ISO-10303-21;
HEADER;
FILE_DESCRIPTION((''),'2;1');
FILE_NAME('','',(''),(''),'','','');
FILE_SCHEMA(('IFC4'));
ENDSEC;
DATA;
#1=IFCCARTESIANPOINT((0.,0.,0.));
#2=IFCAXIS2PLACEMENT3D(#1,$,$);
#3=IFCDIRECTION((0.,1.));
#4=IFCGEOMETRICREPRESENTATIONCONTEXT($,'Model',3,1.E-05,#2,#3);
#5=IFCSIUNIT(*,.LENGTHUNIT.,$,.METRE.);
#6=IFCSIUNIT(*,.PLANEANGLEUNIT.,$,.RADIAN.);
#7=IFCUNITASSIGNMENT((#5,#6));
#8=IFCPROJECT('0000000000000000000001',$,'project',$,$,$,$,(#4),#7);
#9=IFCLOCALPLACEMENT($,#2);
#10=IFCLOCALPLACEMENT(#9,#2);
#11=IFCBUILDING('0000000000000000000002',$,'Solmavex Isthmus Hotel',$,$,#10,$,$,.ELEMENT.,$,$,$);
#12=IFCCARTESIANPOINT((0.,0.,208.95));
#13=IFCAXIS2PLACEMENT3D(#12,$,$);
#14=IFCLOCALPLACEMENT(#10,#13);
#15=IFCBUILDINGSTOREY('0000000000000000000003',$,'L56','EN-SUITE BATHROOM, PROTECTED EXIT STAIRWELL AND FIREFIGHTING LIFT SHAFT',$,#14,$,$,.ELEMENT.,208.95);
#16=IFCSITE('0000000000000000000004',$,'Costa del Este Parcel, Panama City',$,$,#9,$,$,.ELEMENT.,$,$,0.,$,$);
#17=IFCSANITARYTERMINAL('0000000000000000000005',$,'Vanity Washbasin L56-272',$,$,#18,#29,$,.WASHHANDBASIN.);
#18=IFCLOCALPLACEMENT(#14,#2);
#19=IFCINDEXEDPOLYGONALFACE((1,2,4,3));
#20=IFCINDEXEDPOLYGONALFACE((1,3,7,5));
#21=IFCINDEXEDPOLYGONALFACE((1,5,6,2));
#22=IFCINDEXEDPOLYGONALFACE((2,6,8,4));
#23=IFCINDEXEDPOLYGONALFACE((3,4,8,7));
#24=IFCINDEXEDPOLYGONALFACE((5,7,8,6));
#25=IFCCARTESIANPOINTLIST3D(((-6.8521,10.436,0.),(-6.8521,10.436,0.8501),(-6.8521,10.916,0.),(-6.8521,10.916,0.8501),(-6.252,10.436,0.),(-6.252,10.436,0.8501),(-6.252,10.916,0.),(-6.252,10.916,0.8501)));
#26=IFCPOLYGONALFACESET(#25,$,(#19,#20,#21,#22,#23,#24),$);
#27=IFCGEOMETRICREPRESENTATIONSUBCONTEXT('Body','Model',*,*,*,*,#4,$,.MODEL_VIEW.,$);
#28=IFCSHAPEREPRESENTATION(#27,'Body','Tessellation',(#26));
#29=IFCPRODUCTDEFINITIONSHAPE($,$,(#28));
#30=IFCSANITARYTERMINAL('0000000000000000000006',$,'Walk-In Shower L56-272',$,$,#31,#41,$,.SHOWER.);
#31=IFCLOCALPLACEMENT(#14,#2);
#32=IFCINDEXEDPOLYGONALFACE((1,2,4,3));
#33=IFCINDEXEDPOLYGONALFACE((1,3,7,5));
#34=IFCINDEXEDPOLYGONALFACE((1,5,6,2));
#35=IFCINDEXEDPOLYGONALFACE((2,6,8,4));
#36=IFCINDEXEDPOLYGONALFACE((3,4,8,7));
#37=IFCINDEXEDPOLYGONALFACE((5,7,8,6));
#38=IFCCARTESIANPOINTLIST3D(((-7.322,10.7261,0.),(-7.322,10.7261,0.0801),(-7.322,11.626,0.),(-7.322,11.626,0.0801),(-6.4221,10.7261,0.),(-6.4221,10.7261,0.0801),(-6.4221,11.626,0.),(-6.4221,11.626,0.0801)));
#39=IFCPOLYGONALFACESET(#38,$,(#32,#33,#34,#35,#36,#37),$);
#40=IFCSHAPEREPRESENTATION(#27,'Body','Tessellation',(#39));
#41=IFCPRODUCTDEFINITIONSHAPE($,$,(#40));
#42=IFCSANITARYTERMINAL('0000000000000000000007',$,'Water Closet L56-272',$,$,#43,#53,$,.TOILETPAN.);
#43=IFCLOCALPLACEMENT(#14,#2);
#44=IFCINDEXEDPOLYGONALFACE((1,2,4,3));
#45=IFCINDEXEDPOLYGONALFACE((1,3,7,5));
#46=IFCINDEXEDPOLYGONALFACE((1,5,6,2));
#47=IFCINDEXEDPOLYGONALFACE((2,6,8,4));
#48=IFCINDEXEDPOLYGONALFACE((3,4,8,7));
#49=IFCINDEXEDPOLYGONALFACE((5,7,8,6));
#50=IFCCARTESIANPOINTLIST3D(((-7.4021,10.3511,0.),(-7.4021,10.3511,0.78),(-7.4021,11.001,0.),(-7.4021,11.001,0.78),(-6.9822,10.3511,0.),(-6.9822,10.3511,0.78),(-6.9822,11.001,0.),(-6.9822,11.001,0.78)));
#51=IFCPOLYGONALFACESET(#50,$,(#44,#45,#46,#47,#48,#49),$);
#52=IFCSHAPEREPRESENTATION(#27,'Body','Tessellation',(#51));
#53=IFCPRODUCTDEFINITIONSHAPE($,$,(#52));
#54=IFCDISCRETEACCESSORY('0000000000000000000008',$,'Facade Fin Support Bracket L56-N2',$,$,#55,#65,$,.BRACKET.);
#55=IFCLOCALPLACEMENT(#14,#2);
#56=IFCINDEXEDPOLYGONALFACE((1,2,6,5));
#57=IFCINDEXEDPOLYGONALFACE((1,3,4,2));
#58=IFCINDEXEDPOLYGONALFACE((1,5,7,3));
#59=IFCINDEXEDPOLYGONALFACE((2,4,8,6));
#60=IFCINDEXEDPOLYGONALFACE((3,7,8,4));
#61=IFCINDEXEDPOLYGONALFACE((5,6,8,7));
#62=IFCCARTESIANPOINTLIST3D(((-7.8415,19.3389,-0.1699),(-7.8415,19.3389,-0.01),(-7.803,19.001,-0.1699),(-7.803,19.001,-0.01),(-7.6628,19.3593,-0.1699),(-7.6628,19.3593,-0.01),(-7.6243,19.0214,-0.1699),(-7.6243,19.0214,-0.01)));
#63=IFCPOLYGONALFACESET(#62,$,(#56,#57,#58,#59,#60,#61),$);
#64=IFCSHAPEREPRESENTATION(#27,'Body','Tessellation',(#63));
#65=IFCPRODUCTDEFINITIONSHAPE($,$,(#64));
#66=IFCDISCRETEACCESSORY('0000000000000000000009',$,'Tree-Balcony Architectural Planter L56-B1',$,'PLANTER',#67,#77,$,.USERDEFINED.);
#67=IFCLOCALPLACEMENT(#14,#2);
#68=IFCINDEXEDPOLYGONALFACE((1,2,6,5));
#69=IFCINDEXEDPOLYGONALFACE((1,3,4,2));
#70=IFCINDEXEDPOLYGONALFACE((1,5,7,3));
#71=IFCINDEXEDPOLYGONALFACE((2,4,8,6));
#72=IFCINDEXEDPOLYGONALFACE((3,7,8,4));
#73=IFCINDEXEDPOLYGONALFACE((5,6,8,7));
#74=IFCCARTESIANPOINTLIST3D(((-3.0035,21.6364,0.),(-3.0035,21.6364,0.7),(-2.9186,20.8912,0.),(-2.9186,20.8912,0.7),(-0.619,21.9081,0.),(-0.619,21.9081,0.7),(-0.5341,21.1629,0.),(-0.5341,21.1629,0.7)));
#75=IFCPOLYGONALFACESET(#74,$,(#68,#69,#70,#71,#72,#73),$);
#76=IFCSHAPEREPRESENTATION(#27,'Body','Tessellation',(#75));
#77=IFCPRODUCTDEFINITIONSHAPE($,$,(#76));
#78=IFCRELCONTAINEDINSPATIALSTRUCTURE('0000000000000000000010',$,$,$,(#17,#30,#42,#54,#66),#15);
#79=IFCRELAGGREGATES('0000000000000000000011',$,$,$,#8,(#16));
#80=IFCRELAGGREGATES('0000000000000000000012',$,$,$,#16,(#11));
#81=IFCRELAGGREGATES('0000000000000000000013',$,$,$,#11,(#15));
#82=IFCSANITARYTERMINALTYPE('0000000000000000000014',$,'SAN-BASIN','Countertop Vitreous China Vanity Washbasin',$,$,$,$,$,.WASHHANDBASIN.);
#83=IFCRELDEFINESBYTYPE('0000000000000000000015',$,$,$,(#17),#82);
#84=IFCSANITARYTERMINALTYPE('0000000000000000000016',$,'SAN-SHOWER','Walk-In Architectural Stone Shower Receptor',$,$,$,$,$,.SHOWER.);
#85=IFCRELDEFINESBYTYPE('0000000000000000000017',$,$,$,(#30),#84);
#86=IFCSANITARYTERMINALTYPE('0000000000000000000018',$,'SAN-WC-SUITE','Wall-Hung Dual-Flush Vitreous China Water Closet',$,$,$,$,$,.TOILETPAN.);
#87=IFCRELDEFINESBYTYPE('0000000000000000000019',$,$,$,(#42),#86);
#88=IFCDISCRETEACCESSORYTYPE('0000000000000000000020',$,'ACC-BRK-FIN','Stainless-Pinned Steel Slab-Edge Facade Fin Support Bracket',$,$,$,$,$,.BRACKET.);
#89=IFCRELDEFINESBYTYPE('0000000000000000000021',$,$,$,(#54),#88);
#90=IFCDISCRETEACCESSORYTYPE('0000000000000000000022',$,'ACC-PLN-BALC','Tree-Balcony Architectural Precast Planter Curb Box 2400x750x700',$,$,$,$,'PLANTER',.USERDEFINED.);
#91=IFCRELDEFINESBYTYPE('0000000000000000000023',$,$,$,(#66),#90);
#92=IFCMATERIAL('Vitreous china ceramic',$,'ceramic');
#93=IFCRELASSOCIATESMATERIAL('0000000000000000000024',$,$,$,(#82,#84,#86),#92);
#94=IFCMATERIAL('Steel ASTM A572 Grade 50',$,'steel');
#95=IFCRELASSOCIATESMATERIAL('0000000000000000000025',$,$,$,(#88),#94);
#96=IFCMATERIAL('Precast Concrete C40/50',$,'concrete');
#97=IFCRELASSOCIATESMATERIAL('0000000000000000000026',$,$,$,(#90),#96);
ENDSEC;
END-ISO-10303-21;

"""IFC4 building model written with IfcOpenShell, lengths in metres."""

from ifc_helpers import new_model, si_unit, direction, frame, origin, origin_2d, place, context, subcontext, project, spatial, rectangle, extrude, material, type_object, element, save


model = new_model("IFC4")

# Units and contexts
model_context = context("Model", 3, precision=1e-05, world=origin(), true_north=direction((0.0, 1.0)))
body_context = subcontext(model_context, "Body", "Model", "MODEL_VIEW")
ifc_project = project(units=[si_unit("LENGTHUNIT", "METRE"), si_unit("PLANEANGLEUNIT", "RADIAN")], contexts=[model_context])

# Site, building, storey
site_placement = place(None, origin())
site = spatial("IfcSite", under=ifc_project, at=site_placement, Name="Costa del Este Parcel, Panama City", CompositionType="ELEMENT", RefElevation=0.0)
building_placement = place(site_placement, origin())
building = spatial("IfcBuilding", under=site, at=building_placement, Name="Solmavex Isthmus Hotel", CompositionType="ELEMENT")
storey_placement = place(building_placement, frame((0.0, 0.0, 208.95)))
storey = spatial("IfcBuildingStorey", under=building, at=storey_placement, Name="L56", Description="EN-SUITE BATHROOM, PROTECTED EXIT STAIRWELL AND FIREFIGHTING LIFT SHAFT", CompositionType="ELEMENT", Elevation=208.95)

# Shared definitions
ifc_material_1 = material(Name="Precast Concrete C40/50", Category="concrete")

# Sanitary terminals
ifc_material_2 = material(Name="Vitreous china ceramic", Category="ceramic")
sanitary_terminal_type_1 = type_object("IfcSanitaryTerminalType", Name="SAN-BASIN", Description="Countertop Vitreous China Vanity Washbasin", PredefinedType="WASHHANDBASIN", material=ifc_material_2)
sanitary_terminal_1_placement = place(storey_placement, frame((-6.552, 10.676, 0.0), z_axis=(0.0, 0.0, 1.0), x_axis=(1.0, 0.0, 0.0)))
element("IfcSanitaryTerminal", 1, at=sanitary_terminal_1_placement, inside=storey, type_object=sanitary_terminal_type_1, Name="Vanity Washbasin L56-272", PredefinedType="WASHHANDBASIN", context=body_context, shape_type="SweptSolid", body=[
    extrude(rectangle(XDim=0.6001, YDim=0.48, at=origin_2d()), origin(), (0.0, 0.0, 1.0), 0.8501),
])
sanitary_terminal_type_2 = type_object("IfcSanitaryTerminalType", Name="SAN-SHOWER", Description="Walk-In Architectural Stone Shower Receptor", PredefinedType="SHOWER", material=ifc_material_2)
sanitary_terminal_2_placement = place(storey_placement, frame((-6.8721, 11.176, 0.0), z_axis=(0.0, 0.0, 1.0), x_axis=(1.0, 0.0, 0.0)))
element("IfcSanitaryTerminal", 2, at=sanitary_terminal_2_placement, inside=storey, type_object=sanitary_terminal_type_2, Name="Walk-In Shower L56-272", PredefinedType="SHOWER", context=body_context, shape_type="SweptSolid", body=[
    extrude(rectangle(XDim=0.8999, YDim=0.8999, at=origin_2d()), origin(), (0.0, 0.0, 1.0), 0.0801),
])
sanitary_terminal_type_3 = type_object("IfcSanitaryTerminalType", Name="SAN-WC-SUITE", Description="Wall-Hung Dual-Flush Vitreous China Water Closet", PredefinedType="TOILETPAN", material=ifc_material_2)
sanitary_terminal_3_placement = place(storey_placement, frame((-7.1921, 10.676, 0.0), z_axis=(0.0, 0.0, 1.0), x_axis=(1.0, 0.0, 0.0)))
element("IfcSanitaryTerminal", 3, at=sanitary_terminal_3_placement, inside=storey, type_object=sanitary_terminal_type_3, Name="Water Closet L56-272", PredefinedType="TOILETPAN", context=body_context, shape_type="SweptSolid", body=[
    extrude(rectangle(XDim=0.4199, YDim=0.6499, at=origin_2d()), origin(), (0.0, 0.0, 1.0), 0.78),
])

# Discrete accessories
ifc_material_3 = material(Name="Steel ASTM A572 Grade 50", Category="steel")
discrete_accessory_type_1 = type_object("IfcDiscreteAccessoryType", Name="ACC-BRK-FIN", Description="Stainless-Pinned Steel Slab-Edge Facade Fin Support Bracket", PredefinedType="BRACKET", material=ifc_material_3)
discrete_accessory_1_placement = place(storey_placement, frame((-7.7329, 19.1802, -0.1699), z_axis=(0.0, 0.0, 1.0), x_axis=(-0.113203, 0.993572, 0.0)))
element("IfcDiscreteAccessory", 4, at=discrete_accessory_1_placement, inside=storey, type_object=discrete_accessory_type_1, Name="Facade Fin Support Bracket L56-N2", PredefinedType="BRACKET", context=body_context, shape_type="SweptSolid", body=[
    extrude(rectangle(XDim=0.3401, YDim=0.1799, at=origin_2d()), origin(), (0.0, 0.0, 1.0), 0.1599),
])
discrete_accessory_type_2 = type_object("IfcDiscreteAccessoryType", Name="ACC-PLN-BALC", Description="Tree-Balcony Architectural Precast Planter Curb Box 2400x750x700", ElementType="PLANTER", PredefinedType="USERDEFINED", material=ifc_material_1)
discrete_accessory_2_placement = place(storey_placement, frame((-1.7688, 21.3997, 0.0), z_axis=(0.0, 0.0, 1.0), x_axis=(0.993572, 0.113203, 0.0)))
element("IfcDiscreteAccessory", 5, at=discrete_accessory_2_placement, inside=storey, type_object=discrete_accessory_type_2, Name="Tree-Balcony Architectural Planter L56-B1", ObjectType="PLANTER", PredefinedType="USERDEFINED", context=body_context, shape_type="SweptSolid", body=[
    extrude(rectangle(XDim=2.3999, YDim=0.75, at=origin_2d()), origin(), (0.0, 0.0, 1.0), 0.7),
])

save(model, "model.ifc")
